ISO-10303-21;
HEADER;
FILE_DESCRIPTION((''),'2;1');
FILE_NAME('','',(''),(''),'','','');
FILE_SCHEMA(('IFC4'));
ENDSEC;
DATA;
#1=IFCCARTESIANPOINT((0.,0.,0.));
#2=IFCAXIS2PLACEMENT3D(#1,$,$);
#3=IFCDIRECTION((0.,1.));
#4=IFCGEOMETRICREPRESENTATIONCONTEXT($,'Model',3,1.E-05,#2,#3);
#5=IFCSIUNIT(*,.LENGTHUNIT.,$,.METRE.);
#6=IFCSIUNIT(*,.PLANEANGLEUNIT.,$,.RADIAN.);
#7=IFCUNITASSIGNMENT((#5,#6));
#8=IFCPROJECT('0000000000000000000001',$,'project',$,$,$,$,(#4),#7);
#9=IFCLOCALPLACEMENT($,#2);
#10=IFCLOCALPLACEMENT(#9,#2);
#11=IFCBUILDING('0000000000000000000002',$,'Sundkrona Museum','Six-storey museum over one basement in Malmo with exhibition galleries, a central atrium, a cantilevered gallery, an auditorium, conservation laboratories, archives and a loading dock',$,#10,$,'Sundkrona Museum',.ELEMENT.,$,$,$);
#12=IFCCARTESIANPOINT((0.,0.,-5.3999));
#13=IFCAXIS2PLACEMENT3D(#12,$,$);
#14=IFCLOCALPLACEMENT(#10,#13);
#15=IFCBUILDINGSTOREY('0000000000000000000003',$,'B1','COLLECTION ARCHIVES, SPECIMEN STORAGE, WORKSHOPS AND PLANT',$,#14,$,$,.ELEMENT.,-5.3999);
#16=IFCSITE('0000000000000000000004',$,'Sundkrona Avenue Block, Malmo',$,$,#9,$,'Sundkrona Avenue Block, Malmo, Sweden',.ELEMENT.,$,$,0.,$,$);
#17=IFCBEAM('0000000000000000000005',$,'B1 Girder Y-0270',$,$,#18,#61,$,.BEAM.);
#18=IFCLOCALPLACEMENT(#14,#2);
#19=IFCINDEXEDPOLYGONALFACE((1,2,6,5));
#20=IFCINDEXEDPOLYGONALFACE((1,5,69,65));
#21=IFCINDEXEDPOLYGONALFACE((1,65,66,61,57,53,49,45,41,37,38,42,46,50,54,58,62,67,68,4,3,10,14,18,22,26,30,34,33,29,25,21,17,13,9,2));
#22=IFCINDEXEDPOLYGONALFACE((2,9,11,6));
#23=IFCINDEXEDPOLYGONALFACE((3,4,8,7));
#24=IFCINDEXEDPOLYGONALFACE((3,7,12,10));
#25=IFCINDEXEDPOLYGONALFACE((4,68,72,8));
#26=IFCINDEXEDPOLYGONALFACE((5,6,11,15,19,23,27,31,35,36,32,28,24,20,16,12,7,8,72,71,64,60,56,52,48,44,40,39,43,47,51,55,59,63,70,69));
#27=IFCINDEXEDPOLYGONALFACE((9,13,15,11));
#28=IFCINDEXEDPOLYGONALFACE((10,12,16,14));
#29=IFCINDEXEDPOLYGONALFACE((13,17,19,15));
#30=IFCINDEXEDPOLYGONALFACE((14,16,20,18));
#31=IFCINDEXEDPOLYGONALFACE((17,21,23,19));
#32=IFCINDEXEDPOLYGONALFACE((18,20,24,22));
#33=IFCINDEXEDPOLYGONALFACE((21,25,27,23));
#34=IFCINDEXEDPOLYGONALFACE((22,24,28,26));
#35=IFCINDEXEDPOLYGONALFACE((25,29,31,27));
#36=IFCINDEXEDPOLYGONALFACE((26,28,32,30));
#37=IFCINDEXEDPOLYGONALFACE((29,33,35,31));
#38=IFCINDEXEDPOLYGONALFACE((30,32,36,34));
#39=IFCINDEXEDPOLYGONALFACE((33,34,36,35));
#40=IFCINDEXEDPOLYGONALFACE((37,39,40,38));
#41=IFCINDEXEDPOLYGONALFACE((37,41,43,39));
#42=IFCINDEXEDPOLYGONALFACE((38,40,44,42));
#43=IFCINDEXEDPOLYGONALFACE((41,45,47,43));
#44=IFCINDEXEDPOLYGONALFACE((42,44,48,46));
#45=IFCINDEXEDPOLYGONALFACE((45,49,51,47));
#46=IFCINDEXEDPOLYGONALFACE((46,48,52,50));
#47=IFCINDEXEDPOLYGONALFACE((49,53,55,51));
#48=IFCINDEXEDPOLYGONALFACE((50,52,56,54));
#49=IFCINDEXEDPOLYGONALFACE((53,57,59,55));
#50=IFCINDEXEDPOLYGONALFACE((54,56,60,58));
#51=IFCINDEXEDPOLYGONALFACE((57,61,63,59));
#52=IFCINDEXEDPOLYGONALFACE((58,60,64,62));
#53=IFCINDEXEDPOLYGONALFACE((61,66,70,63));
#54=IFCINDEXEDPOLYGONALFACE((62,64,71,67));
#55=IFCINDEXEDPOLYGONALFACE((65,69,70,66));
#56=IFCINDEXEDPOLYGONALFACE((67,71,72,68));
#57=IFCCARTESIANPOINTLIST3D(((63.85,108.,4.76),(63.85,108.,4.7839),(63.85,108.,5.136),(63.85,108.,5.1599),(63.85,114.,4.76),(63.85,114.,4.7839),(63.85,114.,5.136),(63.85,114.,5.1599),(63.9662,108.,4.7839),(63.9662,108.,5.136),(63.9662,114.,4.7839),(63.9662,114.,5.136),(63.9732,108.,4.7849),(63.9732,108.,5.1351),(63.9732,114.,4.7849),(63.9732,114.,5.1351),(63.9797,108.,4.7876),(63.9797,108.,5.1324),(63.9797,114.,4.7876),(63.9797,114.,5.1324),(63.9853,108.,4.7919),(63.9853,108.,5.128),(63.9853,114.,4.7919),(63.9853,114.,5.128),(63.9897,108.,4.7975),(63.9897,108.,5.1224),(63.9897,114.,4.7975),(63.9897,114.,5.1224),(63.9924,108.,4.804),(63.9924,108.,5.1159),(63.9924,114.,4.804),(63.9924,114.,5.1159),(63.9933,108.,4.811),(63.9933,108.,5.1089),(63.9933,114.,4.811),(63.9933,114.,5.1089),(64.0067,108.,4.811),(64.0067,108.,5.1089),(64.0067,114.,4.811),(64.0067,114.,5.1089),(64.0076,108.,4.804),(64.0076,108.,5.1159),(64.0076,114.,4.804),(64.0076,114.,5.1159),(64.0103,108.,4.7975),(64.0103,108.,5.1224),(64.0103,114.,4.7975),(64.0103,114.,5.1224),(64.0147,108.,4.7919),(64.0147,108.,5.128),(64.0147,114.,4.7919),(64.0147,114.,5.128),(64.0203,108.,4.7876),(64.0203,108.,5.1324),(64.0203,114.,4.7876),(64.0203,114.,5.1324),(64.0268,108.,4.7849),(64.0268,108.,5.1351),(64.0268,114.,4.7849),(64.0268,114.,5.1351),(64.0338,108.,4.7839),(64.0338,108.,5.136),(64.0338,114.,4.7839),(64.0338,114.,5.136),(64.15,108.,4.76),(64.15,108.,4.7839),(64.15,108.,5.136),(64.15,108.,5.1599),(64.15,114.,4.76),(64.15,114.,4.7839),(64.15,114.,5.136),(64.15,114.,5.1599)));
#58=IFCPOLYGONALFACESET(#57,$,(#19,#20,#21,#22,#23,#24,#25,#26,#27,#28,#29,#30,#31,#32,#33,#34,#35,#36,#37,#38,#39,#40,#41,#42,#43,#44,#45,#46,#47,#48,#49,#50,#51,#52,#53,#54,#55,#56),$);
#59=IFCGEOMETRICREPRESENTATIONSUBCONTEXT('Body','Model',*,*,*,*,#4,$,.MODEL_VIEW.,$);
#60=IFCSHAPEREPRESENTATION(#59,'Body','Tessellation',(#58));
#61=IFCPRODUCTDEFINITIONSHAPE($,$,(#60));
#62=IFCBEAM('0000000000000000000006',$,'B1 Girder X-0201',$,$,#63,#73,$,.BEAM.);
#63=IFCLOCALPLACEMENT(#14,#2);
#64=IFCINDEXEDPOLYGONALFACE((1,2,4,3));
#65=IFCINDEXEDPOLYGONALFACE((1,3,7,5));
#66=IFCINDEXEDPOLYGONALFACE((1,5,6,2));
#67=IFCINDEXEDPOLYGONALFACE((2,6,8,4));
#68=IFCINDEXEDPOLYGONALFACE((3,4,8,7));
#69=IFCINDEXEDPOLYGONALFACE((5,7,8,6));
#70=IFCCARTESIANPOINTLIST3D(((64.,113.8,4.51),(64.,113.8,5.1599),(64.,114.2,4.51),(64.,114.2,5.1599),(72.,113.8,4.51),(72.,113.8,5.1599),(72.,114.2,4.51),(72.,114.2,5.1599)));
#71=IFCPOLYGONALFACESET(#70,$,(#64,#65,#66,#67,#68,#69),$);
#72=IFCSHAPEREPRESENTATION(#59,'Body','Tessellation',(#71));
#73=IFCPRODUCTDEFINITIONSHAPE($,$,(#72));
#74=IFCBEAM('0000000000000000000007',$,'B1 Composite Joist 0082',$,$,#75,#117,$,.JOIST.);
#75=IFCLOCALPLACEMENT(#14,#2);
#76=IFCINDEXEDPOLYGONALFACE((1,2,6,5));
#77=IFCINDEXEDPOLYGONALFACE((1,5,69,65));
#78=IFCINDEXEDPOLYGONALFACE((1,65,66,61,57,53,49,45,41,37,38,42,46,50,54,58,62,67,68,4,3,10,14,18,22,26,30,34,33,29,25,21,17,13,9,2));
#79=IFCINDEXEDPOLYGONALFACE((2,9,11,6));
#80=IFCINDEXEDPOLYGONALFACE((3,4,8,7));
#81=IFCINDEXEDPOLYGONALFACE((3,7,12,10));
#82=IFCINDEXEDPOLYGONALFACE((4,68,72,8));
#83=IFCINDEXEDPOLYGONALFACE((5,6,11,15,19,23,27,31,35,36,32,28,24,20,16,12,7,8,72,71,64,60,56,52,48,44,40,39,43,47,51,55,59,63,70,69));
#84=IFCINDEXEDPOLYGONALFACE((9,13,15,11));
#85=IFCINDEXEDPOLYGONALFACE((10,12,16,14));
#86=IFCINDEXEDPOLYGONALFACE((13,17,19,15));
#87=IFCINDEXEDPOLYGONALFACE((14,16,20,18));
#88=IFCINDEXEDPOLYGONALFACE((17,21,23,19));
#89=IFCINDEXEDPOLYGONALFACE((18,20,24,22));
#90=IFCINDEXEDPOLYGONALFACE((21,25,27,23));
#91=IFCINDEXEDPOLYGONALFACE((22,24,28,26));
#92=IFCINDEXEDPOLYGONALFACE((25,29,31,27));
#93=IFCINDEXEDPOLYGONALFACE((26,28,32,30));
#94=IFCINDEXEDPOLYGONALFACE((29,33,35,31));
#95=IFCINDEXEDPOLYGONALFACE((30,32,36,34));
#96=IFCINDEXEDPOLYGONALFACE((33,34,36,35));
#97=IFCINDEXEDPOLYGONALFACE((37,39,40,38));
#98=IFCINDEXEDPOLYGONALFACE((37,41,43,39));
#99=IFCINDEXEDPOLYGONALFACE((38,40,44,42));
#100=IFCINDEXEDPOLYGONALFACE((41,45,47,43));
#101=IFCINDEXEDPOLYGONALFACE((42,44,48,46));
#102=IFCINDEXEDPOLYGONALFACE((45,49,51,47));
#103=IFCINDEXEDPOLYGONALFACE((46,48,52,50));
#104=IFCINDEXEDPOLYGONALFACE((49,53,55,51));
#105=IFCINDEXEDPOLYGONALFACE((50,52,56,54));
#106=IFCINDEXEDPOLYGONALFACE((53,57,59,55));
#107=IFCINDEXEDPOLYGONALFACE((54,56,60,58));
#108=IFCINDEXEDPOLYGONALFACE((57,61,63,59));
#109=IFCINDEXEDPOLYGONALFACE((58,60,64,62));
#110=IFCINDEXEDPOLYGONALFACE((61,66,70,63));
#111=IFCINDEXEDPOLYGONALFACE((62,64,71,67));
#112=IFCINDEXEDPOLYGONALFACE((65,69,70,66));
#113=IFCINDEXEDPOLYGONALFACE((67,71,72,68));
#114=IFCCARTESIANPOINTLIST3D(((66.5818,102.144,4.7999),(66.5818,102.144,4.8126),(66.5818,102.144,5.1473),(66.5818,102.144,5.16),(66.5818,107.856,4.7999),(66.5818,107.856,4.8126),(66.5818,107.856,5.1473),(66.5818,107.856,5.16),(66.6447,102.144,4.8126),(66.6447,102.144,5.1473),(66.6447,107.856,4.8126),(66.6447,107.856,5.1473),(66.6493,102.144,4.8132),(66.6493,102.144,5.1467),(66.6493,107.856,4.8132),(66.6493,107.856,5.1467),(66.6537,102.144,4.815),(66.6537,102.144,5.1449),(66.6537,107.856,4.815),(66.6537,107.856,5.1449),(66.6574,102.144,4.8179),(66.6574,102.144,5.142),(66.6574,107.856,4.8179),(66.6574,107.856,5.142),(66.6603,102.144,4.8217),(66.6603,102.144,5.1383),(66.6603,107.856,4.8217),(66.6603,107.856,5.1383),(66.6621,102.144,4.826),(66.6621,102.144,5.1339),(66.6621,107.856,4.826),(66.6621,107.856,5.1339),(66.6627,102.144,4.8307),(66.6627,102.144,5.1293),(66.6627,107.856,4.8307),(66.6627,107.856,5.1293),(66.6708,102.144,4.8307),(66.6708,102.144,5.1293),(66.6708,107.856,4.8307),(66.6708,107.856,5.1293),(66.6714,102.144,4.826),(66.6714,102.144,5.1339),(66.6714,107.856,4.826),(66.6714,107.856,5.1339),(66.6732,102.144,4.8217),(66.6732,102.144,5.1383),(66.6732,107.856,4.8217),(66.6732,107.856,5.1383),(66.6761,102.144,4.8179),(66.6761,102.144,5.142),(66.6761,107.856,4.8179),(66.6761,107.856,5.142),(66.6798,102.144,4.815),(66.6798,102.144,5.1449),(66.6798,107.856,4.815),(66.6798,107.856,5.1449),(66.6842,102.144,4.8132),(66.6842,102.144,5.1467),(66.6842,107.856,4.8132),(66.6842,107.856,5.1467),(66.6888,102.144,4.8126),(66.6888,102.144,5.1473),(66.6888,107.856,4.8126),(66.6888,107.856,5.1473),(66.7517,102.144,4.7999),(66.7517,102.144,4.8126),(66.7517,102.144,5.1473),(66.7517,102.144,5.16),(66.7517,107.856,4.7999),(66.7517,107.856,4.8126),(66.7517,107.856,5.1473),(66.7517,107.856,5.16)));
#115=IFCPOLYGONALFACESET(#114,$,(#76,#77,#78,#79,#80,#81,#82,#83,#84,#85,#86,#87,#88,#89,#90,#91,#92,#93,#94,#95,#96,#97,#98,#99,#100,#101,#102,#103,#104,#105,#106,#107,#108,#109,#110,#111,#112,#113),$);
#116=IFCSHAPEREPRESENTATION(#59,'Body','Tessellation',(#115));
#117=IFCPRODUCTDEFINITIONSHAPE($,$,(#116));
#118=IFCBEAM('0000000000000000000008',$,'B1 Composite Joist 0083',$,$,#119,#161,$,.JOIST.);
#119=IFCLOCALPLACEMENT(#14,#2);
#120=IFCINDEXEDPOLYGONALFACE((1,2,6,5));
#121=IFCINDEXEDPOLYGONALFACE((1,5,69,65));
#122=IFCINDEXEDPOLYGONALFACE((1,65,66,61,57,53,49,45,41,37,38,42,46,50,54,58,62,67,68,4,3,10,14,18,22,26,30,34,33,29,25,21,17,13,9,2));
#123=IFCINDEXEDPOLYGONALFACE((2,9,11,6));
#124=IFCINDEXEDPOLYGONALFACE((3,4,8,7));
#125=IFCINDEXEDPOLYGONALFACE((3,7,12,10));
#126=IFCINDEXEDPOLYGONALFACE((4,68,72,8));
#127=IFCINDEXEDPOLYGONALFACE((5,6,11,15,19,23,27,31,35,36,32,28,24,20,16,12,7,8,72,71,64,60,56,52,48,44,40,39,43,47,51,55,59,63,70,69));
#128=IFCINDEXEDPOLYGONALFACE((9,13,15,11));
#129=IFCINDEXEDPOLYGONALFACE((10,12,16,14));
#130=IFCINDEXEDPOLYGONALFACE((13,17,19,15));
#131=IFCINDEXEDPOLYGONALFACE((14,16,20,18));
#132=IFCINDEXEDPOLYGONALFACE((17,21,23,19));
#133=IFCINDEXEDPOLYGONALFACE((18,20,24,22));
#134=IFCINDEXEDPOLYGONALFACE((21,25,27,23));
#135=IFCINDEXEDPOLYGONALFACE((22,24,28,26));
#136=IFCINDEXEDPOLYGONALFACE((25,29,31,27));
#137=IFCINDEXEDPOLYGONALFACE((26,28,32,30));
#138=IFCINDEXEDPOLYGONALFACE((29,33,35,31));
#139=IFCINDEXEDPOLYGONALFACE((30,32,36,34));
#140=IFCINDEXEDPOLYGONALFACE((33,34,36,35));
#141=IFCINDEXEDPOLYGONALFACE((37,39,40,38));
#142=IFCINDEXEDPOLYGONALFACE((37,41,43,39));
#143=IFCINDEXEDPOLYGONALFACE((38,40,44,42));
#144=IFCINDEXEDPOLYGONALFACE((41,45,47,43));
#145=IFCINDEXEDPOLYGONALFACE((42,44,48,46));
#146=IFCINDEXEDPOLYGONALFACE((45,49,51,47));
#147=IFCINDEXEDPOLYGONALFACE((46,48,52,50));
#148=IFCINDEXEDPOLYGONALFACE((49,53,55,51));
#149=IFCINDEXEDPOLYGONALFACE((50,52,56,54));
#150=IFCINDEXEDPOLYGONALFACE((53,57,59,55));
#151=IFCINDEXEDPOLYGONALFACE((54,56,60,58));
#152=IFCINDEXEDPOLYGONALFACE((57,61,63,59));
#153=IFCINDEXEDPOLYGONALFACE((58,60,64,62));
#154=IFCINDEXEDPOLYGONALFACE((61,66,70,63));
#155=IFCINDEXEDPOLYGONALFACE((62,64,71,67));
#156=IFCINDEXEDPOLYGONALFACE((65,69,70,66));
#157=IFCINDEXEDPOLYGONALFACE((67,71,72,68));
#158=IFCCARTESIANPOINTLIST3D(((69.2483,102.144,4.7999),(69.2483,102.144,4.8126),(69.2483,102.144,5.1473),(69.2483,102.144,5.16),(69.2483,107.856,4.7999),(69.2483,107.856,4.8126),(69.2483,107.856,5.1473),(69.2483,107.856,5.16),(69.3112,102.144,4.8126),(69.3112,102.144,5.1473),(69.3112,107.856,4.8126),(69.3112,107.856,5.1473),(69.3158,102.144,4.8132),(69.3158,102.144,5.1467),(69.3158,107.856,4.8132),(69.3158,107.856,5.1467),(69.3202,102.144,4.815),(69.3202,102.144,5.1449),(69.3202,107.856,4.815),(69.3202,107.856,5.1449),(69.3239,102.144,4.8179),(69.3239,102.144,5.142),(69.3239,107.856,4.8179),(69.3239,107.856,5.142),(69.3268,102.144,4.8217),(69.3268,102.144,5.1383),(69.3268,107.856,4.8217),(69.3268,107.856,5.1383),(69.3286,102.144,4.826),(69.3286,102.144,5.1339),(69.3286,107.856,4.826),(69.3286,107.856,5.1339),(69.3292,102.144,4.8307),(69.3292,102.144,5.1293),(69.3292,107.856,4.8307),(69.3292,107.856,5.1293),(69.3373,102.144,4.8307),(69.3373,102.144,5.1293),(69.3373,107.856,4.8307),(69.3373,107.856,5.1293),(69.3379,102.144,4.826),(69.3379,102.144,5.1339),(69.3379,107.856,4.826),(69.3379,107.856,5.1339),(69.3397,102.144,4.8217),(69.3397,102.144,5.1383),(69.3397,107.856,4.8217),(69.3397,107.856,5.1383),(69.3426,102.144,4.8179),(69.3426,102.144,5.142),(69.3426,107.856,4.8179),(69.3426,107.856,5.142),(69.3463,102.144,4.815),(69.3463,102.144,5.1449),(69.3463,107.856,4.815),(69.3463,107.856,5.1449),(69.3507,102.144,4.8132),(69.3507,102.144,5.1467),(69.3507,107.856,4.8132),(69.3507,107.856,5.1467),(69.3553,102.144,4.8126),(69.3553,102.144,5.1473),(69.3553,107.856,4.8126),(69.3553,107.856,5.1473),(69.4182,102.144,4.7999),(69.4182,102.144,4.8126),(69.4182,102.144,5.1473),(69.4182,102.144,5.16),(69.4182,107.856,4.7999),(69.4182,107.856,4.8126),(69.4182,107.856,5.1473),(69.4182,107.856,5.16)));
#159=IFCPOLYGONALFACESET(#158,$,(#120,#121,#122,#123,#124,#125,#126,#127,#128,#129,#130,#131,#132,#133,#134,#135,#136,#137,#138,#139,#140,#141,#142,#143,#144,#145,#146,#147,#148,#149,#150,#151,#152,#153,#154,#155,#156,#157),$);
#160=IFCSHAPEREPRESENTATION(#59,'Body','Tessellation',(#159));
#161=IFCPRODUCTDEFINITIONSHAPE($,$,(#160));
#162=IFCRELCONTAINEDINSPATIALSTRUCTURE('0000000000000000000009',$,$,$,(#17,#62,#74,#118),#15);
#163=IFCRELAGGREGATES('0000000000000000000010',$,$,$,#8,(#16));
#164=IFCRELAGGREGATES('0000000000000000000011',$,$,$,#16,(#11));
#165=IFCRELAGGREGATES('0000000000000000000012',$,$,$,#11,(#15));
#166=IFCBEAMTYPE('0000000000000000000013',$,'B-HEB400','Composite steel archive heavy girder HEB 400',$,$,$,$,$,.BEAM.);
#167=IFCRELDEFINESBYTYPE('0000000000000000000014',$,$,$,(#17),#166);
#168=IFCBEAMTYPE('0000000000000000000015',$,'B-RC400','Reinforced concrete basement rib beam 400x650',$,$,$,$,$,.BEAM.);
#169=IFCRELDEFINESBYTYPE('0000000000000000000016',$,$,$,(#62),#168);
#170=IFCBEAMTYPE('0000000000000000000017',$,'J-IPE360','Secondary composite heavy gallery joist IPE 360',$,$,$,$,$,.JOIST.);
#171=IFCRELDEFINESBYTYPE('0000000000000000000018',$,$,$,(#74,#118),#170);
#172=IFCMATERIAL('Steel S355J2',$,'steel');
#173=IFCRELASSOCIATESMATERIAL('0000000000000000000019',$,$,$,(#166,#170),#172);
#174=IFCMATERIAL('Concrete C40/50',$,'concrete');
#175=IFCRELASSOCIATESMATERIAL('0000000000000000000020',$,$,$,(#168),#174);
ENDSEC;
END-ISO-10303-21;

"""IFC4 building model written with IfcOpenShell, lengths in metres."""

from ifc_helpers import new_model, si_unit, direction, frame, origin, origin_2d, place, context, subcontext, project, spatial, rectangle, i_section, extrude, material, material_profile, profile_set, type_object, element, save


model = new_model("IFC4")

# Units and contexts
model_context = context("Model", 3, precision=1e-05, world=origin(), true_north=direction((0.0, 1.0)))
body_context = subcontext(model_context, "Body", "Model", "MODEL_VIEW")
ifc_project = project(units=[si_unit("LENGTHUNIT", "METRE"), si_unit("PLANEANGLEUNIT", "RADIAN")], contexts=[model_context])

# Site, building, storey
site_placement = place(None, origin())
site = spatial("IfcSite", under=ifc_project, at=site_placement, Name="Sundkrona Avenue Block, Malmo", LongName="Sundkrona Avenue Block, Malmo, Sweden", CompositionType="ELEMENT", RefElevation=0.0)
building_placement = place(site_placement, origin())
building = spatial("IfcBuilding", under=site, at=building_placement, Name="Sundkrona Museum", Description="Six-storey museum over one basement in Malmo with exhibition galleries, a central atrium, a cantilevered gallery, an auditorium, conservation laboratories, archives and a loading dock", LongName="Sundkrona Museum", CompositionType="ELEMENT")
storey_placement = place(building_placement, frame((0.0, 0.0, -5.3999)))
storey = spatial("IfcBuildingStorey", under=building, at=storey_placement, Name="B1", Description="COLLECTION ARCHIVES, SPECIMEN STORAGE, WORKSHOPS AND PLANT", CompositionType="ELEMENT", Elevation=-5.3999)

# Shared definitions
ifc_material_1 = material(Name="Concrete C40/50", Category="concrete")

# Beams
ifc_material_2 = material(Name="Steel S355J2", Category="steel")
ifc_material_profile_1 = material_profile(ifc_material_2, i_section(OverallWidth=0.3, OverallDepth=0.3999, WebThickness=0.0134, FlangeThickness=0.0239, FilletRadius=0.0271, at=origin_2d()), Name="HEB 400")
ifc_profile_set_1 = profile_set([ifc_material_profile_1], Name="Steel S355J2")
beam_type_1 = type_object("IfcBeamType", Name="B-HEB400", Description="Composite steel archive heavy girder HEB 400", PredefinedType="BEAM", material=ifc_profile_set_1)
beam_1_placement = place(storey_placement, frame((64.0, 108.0, 4.96), z_axis=(0.0, 1.0, 0.0), x_axis=(-1.0, 0.0, 0.0)))
element("IfcBeam", 1, at=beam_1_placement, inside=storey, type_object=beam_type_1, Name="B1 Girder Y-0270", PredefinedType="BEAM", context=body_context, shape_type="SweptSolid", body=[
    extrude(i_section(OverallWidth=0.3, OverallDepth=0.3999, WebThickness=0.0134, FlangeThickness=0.0239, FilletRadius=0.0271, at=origin_2d()), origin(), (0.0, 0.0, 1.0), 6.0),
])
ifc_material_profile_2 = material_profile(ifc_material_1, rectangle(XDim=0.3999, YDim=0.6499, at=origin_2d()), Name="RCB 400x650")
ifc_profile_set_2 = profile_set([ifc_material_profile_2], Name="Concrete C40/50")
beam_type_2 = type_object("IfcBeamType", Name="B-RC400", Description="Reinforced concrete basement rib beam 400x650", PredefinedType="BEAM", material=ifc_profile_set_2)
beam_2_placement = place(storey_placement, frame((64.0, 114.0, 4.835), z_axis=(1.0, 0.0, 0.0), x_axis=(0.0, 1.0, 0.0)))
element("IfcBeam", 2, at=beam_2_placement, inside=storey, type_object=beam_type_2, Name="B1 Girder X-0201", PredefinedType="BEAM", context=body_context, shape_type="SweptSolid", body=[
    extrude(rectangle(XDim=0.3999, YDim=0.6499, at=origin_2d()), origin(), (0.0, 0.0, 1.0), 8.0),
])
ifc_material_profile_3 = material_profile(ifc_material_2, i_section(OverallWidth=0.1699, OverallDepth=0.3601, WebThickness=0.0081, FlangeThickness=0.0127, FilletRadius=0.0181, at=origin_2d()), Name="IPE 360")
ifc_profile_set_3 = profile_set([ifc_material_profile_3], Name="Steel S355J2")
beam_type_3 = type_object("IfcBeamType", Name="J-IPE360", Description="Secondary composite heavy gallery joist IPE 360", PredefinedType="JOIST", material=ifc_profile_set_3)
for number, where, z_axis, x_axis, name in (
    (3, (66.6667, 102.144, 4.98), (0.0, 1.0, 0.0), (-1.0, 0.0, 0.0), "B1 Composite Joist 0082"),
    (4, (69.3333, 102.144, 4.98), (0.0, 1.0, 0.0), (-1.0, 0.0, 0.0), "B1 Composite Joist 0083"),
):
    element("IfcBeam", number, at=place(storey_placement, frame(where, z_axis=z_axis, x_axis=x_axis)), inside=storey, type_object=beam_type_3, Name=name, PredefinedType="JOIST", context=body_context, shape_type="SweptSolid", body=[
        extrude(i_section(OverallWidth=0.1699, OverallDepth=0.3601, WebThickness=0.0081, FlangeThickness=0.0127, FilletRadius=0.0181, at=origin_2d()), origin(), (0.0, 0.0, 1.0), 5.7119),
    ])

save(model, "model.ifc")
